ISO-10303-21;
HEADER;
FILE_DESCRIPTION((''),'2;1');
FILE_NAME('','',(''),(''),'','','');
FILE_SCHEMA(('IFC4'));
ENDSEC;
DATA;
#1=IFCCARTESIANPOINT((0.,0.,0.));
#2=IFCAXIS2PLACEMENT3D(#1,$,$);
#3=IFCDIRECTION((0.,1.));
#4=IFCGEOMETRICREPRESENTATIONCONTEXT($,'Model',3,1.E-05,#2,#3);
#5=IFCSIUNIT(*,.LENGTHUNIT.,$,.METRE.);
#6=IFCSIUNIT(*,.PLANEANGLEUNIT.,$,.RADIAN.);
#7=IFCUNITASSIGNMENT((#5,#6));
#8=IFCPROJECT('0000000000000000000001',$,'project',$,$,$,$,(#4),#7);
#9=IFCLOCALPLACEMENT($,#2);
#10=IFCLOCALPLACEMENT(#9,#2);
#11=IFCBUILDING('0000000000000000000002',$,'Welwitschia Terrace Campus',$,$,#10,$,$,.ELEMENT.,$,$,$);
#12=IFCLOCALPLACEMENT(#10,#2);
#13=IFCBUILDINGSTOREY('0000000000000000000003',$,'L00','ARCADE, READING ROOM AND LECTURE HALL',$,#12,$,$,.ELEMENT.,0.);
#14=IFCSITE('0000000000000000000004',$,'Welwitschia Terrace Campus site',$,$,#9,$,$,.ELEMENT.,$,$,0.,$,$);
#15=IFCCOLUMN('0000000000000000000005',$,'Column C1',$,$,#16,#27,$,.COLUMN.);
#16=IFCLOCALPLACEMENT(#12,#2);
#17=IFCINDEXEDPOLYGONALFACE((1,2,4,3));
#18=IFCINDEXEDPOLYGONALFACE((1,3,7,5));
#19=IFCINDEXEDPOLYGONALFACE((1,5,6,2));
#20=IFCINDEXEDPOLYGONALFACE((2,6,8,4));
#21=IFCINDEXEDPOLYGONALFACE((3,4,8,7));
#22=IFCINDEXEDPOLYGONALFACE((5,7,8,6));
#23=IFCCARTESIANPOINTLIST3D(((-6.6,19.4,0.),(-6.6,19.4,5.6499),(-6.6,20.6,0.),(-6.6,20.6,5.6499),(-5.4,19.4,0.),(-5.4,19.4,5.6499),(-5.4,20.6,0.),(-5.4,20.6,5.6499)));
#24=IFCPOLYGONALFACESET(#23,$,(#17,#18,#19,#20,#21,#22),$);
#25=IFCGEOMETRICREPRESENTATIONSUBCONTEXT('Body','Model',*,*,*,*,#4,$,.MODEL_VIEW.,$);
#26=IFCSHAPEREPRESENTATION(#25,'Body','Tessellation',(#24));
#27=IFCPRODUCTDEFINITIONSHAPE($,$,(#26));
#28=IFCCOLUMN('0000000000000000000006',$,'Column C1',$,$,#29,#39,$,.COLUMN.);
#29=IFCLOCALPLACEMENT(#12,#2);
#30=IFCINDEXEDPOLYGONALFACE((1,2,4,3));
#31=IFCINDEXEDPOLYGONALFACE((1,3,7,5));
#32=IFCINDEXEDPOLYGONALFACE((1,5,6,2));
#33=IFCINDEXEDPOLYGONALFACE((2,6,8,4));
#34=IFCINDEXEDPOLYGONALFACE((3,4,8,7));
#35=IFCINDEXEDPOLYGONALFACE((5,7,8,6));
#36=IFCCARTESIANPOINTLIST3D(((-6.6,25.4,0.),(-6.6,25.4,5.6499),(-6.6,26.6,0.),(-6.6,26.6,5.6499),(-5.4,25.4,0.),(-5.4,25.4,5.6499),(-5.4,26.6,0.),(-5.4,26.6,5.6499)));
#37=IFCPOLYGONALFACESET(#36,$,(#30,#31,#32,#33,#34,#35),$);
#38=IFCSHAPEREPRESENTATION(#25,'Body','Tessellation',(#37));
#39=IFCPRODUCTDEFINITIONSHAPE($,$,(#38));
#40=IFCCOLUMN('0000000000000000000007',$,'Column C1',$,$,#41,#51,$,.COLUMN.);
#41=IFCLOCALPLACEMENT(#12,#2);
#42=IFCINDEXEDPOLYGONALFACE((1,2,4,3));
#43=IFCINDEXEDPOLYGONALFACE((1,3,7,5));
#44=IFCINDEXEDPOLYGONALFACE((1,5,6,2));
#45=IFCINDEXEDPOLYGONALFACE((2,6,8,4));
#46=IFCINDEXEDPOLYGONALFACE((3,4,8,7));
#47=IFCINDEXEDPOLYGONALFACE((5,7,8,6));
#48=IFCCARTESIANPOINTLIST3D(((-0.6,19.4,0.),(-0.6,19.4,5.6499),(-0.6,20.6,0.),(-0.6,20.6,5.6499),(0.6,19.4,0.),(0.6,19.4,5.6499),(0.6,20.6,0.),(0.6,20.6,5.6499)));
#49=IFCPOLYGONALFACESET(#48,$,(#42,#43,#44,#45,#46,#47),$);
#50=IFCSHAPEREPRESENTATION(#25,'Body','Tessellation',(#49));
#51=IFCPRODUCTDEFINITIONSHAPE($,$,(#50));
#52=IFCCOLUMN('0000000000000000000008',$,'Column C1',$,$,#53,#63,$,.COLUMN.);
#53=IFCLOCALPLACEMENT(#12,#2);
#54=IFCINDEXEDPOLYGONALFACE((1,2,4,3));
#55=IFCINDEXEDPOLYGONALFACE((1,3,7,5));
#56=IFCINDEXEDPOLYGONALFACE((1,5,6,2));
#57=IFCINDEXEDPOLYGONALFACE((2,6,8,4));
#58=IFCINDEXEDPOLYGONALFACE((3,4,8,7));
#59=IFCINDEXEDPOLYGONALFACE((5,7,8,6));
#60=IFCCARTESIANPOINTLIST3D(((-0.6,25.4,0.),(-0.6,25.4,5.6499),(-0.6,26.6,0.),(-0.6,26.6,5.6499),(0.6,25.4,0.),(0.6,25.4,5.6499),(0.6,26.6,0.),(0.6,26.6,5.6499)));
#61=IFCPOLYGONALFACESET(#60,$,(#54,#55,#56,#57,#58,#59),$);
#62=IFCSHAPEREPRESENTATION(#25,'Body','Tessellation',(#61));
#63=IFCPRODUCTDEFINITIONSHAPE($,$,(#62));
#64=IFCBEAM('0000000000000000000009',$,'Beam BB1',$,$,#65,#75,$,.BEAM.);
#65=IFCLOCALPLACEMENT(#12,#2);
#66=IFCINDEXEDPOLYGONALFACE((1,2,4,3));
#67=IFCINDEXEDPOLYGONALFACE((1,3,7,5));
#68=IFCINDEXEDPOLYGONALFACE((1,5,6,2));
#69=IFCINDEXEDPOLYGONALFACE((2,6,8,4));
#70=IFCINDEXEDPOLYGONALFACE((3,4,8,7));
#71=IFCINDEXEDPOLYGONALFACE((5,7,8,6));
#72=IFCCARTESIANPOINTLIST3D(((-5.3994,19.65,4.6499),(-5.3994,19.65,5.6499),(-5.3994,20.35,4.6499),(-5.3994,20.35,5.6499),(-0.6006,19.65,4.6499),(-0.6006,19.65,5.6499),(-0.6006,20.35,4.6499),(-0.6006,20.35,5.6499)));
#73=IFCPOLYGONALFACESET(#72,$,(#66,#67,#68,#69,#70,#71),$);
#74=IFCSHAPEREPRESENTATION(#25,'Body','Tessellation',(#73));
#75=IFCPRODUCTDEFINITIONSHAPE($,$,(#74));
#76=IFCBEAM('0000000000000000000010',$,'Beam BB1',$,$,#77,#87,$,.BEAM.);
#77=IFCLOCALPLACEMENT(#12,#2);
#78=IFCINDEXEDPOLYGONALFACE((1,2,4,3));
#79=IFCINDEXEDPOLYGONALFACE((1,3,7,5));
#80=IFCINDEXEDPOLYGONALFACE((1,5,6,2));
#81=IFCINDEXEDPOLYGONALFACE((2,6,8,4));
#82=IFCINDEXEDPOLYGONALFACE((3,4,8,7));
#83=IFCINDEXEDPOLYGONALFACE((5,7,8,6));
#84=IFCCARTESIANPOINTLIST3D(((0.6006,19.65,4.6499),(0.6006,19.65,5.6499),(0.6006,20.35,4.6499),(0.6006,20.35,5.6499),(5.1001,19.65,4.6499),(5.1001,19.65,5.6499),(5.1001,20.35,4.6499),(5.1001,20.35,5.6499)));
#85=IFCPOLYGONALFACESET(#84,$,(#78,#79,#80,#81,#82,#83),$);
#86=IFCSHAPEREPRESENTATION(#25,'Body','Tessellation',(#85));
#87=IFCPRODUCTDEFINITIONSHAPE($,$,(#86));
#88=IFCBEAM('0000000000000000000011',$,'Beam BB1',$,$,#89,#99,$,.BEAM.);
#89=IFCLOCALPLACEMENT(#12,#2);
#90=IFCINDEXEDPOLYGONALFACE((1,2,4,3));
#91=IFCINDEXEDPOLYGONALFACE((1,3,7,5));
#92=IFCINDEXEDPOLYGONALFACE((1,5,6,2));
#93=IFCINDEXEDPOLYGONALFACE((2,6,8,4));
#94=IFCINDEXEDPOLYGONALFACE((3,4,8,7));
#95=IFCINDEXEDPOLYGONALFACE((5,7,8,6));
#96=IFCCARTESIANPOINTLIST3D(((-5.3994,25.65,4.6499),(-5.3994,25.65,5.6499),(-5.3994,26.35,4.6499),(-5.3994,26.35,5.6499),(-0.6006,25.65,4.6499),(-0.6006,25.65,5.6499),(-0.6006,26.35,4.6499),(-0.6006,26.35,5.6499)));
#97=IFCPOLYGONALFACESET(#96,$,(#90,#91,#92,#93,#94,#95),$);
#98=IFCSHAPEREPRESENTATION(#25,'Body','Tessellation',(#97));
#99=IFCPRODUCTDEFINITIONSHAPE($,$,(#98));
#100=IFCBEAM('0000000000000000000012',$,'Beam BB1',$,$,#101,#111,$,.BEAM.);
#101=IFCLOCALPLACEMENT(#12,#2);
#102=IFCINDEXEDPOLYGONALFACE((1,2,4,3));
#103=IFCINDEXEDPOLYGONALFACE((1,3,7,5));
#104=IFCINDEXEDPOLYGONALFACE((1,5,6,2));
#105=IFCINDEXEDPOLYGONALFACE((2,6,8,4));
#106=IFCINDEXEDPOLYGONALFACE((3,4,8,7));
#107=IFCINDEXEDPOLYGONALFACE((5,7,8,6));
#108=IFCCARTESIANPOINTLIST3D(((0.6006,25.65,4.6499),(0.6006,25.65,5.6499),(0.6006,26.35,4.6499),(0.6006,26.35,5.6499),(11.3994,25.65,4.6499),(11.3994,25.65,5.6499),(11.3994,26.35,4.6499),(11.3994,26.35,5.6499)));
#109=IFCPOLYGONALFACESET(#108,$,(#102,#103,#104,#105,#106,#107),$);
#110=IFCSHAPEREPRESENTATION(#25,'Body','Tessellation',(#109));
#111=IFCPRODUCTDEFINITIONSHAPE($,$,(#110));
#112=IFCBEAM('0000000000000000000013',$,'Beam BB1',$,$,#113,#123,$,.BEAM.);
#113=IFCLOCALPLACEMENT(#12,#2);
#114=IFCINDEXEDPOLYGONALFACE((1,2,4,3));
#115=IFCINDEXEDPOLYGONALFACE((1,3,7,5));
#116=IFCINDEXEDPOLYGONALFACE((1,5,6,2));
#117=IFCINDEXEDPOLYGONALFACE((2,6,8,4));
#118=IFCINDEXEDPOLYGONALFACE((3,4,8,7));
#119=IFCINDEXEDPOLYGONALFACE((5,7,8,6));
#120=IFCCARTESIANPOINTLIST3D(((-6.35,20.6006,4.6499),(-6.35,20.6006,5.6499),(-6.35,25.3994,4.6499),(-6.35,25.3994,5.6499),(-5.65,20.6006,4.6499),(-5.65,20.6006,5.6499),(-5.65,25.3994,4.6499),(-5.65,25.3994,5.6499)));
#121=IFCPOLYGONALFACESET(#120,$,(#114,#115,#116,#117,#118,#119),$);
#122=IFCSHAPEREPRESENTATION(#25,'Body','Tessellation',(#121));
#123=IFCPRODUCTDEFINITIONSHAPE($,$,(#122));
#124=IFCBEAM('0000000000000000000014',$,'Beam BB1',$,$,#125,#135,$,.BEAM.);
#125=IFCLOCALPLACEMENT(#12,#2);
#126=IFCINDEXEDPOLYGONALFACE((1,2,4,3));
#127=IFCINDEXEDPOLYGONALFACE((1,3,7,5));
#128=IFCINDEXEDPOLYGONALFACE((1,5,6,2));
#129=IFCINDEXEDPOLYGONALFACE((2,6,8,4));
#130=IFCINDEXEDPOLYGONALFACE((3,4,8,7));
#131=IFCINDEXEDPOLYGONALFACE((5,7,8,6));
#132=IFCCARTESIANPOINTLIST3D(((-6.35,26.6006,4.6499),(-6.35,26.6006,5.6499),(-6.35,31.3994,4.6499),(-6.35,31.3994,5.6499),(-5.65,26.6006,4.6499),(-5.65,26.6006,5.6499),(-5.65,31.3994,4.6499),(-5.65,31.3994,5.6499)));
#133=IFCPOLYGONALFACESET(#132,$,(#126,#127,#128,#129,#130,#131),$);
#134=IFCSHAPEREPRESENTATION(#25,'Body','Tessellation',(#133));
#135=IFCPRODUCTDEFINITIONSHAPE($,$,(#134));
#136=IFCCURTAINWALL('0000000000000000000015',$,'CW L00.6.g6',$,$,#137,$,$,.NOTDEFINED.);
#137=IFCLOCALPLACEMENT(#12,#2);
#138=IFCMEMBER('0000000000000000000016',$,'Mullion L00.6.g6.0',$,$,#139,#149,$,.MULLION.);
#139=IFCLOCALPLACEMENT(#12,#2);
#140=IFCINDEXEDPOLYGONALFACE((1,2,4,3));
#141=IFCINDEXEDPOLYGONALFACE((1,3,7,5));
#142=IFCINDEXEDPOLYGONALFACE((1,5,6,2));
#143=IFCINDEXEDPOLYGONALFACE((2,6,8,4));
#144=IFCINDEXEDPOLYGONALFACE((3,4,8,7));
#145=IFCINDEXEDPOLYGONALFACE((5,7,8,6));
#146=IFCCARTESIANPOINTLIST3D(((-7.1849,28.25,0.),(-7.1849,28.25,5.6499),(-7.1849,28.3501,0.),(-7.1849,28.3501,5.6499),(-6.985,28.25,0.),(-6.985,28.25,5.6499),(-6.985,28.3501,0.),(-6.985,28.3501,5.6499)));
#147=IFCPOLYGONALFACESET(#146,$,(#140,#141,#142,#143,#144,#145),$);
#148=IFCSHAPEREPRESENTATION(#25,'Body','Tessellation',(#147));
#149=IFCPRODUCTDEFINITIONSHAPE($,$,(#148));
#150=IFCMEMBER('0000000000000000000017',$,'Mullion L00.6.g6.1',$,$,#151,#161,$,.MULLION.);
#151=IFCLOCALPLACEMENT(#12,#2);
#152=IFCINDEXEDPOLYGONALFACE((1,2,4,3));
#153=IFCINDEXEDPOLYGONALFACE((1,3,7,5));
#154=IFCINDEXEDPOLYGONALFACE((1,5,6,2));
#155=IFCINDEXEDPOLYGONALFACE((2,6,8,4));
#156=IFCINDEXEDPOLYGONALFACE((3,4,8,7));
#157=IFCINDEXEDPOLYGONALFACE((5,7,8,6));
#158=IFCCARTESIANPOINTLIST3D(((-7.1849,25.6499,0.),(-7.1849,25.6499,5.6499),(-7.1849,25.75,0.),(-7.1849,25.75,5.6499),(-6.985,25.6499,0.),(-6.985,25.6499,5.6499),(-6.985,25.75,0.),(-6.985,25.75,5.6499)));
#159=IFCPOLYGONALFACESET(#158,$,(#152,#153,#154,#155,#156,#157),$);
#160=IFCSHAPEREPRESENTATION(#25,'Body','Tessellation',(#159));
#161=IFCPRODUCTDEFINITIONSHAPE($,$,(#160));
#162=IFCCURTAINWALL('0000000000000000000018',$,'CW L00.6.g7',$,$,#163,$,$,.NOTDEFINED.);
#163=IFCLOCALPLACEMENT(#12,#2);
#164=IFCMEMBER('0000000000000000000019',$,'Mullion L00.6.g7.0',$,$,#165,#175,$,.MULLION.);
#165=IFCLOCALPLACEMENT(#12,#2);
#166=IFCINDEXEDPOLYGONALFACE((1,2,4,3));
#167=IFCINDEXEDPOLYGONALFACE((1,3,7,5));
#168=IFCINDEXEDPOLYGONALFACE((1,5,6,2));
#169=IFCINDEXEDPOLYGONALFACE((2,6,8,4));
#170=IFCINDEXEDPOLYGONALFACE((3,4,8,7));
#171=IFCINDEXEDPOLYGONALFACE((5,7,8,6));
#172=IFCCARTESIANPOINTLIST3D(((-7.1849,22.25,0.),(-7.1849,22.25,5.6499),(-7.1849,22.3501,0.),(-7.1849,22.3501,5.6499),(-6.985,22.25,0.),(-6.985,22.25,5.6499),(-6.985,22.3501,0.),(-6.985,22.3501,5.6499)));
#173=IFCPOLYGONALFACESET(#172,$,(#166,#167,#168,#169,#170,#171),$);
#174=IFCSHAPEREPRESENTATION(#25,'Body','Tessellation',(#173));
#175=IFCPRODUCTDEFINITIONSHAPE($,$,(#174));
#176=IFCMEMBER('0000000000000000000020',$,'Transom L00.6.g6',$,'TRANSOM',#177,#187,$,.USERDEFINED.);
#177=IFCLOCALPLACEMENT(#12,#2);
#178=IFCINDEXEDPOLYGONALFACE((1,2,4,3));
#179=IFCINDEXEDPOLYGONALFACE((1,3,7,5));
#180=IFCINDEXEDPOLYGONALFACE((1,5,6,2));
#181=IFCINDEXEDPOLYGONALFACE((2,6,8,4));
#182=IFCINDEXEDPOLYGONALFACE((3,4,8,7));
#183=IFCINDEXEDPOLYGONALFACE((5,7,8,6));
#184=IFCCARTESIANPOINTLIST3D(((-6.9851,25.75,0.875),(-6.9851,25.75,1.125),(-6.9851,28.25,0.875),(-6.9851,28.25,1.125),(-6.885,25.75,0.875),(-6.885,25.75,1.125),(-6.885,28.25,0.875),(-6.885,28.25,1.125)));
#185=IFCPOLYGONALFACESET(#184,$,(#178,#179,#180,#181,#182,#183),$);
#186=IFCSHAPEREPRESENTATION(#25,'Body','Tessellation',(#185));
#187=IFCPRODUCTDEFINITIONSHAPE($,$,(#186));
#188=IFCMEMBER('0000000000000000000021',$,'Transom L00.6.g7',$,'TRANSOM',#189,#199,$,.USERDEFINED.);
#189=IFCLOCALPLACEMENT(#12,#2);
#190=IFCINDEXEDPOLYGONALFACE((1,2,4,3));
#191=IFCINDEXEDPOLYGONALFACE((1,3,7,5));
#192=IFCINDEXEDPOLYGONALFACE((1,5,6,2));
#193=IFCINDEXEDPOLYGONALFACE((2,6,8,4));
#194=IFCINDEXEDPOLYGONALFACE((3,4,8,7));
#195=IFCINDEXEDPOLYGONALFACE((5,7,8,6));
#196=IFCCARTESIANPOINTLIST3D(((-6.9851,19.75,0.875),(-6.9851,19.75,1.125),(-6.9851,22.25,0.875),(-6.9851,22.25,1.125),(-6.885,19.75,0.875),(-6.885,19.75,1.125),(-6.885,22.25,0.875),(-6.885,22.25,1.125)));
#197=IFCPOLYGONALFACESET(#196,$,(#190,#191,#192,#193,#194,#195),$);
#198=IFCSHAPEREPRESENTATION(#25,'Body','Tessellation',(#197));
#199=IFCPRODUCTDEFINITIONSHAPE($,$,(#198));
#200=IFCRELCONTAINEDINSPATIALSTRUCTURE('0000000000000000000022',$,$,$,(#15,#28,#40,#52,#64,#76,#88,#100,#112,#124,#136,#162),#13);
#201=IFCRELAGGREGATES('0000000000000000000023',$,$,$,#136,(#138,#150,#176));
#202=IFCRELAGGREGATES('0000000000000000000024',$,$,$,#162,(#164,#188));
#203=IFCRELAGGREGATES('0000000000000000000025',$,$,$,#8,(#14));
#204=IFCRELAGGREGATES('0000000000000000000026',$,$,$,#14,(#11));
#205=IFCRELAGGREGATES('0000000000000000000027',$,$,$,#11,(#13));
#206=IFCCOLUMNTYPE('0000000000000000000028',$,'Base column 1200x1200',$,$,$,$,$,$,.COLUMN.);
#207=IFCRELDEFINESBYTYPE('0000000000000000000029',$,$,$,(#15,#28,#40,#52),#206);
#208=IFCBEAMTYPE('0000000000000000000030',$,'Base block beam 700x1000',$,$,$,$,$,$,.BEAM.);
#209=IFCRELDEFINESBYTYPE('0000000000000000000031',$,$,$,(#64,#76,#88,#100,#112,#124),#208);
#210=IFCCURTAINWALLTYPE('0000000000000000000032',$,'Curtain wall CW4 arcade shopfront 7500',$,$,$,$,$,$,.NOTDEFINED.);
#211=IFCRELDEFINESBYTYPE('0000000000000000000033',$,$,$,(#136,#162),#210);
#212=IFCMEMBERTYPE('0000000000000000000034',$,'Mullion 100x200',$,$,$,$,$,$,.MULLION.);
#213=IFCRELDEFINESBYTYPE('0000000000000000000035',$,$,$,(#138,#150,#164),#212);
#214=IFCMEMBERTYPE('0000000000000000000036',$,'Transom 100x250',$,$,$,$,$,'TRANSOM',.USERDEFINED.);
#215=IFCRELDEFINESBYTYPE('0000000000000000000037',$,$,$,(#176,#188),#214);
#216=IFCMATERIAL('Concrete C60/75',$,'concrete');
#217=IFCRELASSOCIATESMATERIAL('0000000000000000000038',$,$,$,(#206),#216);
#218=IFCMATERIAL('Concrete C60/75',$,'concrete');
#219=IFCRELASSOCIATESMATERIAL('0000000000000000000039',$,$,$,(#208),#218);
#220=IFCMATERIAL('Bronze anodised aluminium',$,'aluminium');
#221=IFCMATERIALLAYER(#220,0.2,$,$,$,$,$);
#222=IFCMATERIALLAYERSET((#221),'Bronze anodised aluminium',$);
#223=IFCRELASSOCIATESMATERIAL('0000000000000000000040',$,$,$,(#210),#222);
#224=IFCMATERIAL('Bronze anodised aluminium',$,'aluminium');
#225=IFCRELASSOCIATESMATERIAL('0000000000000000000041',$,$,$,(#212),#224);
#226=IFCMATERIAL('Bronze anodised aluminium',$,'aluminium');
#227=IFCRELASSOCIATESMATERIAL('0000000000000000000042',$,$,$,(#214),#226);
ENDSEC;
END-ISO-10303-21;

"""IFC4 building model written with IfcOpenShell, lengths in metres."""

from ifc_helpers import new_model, si_unit, direction, frame, origin, origin_2d, place, context, subcontext, project, spatial, rectangle, extrude, material, layer, layer_set, material_profile, profile_set, type_object, element, aggregate, save


model = new_model("IFC4")

# Units and contexts
model_context = context("Model", 3, precision=1e-05, world=origin(), true_north=direction((0.0, 1.0)))
body_context = subcontext(model_context, "Body", "Model", "MODEL_VIEW")
ifc_project = project(units=[si_unit("LENGTHUNIT", "METRE"), si_unit("PLANEANGLEUNIT", "RADIAN")], contexts=[model_context])

# Site, building, storey
site_placement = place(None, origin())
site = spatial("IfcSite", under=ifc_project, at=site_placement, Name="Welwitschia Terrace Campus site", CompositionType="ELEMENT", RefElevation=0.0)
building_placement = place(site_placement, origin())
building = spatial("IfcBuilding", under=site, at=building_placement, Name="Welwitschia Terrace Campus", CompositionType="ELEMENT")
storey_placement = place(building_placement, origin())
storey = spatial("IfcBuildingStorey", under=building, at=storey_placement, Name="L00", Description="ARCADE, READING ROOM AND LECTURE HALL", CompositionType="ELEMENT", Elevation=0.0)

# Columns
ifc_material_1 = material(Name="Concrete C60/75", Category="concrete")
ifc_material_profile_1 = material_profile(ifc_material_1, rectangle(XDim=1.2, YDim=1.2, at=origin_2d()))
ifc_profile_set_1 = profile_set([ifc_material_profile_1], Name="Concrete C60/75")
column_type = type_object("IfcColumnType", Name="Base column 1200x1200", PredefinedType="COLUMN", material=ifc_profile_set_1)
for number, where, z_axis, x_axis, name in (
    (1, (-6.0, 20.0, 0.0), (0.0, 0.0, 1.0), (1.0, 0.0, 0.0), "Column C1"),
    (2, (-6.0, 26.0, 0.0), (0.0, 0.0, 1.0), (1.0, 0.0, 0.0), "Column C1"),
    (3, (0.0, 20.0, 0.0), (0.0, 0.0, 1.0), (1.0, 0.0, 0.0), "Column C1"),
    (4, (0.0, 26.0, 0.0), (0.0, 0.0, 1.0), (1.0, 0.0, 0.0), "Column C1"),
):
    element("IfcColumn", number, at=place(storey_placement, frame(where, z_axis=z_axis, x_axis=x_axis)), inside=storey, type_object=column_type, Name=name, PredefinedType="COLUMN", context=body_context, shape_type="SweptSolid", body=[
        extrude(rectangle(XDim=1.2, YDim=1.2, at=origin_2d()), origin(), (0.0, 0.0, 1.0), 5.6499),
    ])

# Beams
ifc_material_2 = material(Name="Concrete C60/75", Category="concrete")
ifc_material_profile_2 = material_profile(ifc_material_2, rectangle(XDim=0.7, YDim=1.0, at=origin_2d()))
ifc_profile_set_2 = profile_set([ifc_material_profile_2], Name="Concrete C60/75")
beam_type = type_object("IfcBeamType", Name="Base block beam 700x1000", PredefinedType="BEAM", material=ifc_profile_set_2)
beam_1_placement = place(storey_placement, frame((-5.3994, 20.0, 5.1499), z_axis=(1.0, 0.0, 0.0), x_axis=(0.0, 1.0, 0.0)))
element("IfcBeam", 5, at=beam_1_placement, inside=storey, type_object=beam_type, Name="Beam BB1", PredefinedType="BEAM", context=body_context, shape_type="SweptSolid", body=[
    extrude(rectangle(XDim=0.7, YDim=1.0, at=origin_2d()), origin(), (0.0, 0.0, 1.0), 4.7988),
])
beam_2_placement = place(storey_placement, frame((0.6006, 20.0, 5.1499), z_axis=(1.0, 0.0, 0.0), x_axis=(0.0, 1.0, 0.0)))
element("IfcBeam", 6, at=beam_2_placement, inside=storey, type_object=beam_type, Name="Beam BB1", PredefinedType="BEAM", context=body_context, shape_type="SweptSolid", body=[
    extrude(rectangle(XDim=0.7, YDim=1.0, at=origin_2d()), origin(), (0.0, 0.0, 1.0), 4.4995),
])
beam_3_placement = place(storey_placement, frame((-5.3994, 26.0, 5.1499), z_axis=(1.0, 0.0, 0.0), x_axis=(0.0, 1.0, 0.0)))
element("IfcBeam", 7, at=beam_3_placement, inside=storey, type_object=beam_type, Name="Beam BB1", PredefinedType="BEAM", context=body_context, shape_type="SweptSolid", body=[
    extrude(rectangle(XDim=0.7, YDim=1.0, at=origin_2d()), origin(), (0.0, 0.0, 1.0), 4.7988),
])
beam_4_placement = place(storey_placement, frame((0.6006, 26.0, 5.1499), z_axis=(1.0, 0.0, 0.0), x_axis=(0.0, 1.0, 0.0)))
element("IfcBeam", 8, at=beam_4_placement, inside=storey, type_object=beam_type, Name="Beam BB1", PredefinedType="BEAM", context=body_context, shape_type="SweptSolid", body=[
    extrude(rectangle(XDim=0.7, YDim=1.0, at=origin_2d()), origin(), (0.0, 0.0, 1.0), 10.7988),
])
for number, where, z_axis, x_axis, name in (
    (9, (-6.0, 20.6006, 5.1499), (0.0, 1.0, 0.0), (-1.0, 0.0, 0.0), "Beam BB1"),
    (10, (-6.0, 26.6006, 5.1499), (0.0, 1.0, 0.0), (-1.0, 0.0, 0.0), "Beam BB1"),
):
    element("IfcBeam", number, at=place(storey_placement, frame(where, z_axis=z_axis, x_axis=x_axis)), inside=storey, type_object=beam_type, Name=name, PredefinedType="BEAM", context=body_context, shape_type="SweptSolid", body=[
        extrude(rectangle(XDim=0.7, YDim=1.0, at=origin_2d()), origin(), (0.0, 0.0, 1.0), 4.7988),
    ])

# Curtain wall, members
ifc_material_3 = material(Name="Bronze anodised aluminium", Category="aluminium")
ifc_layer_1 = layer(ifc_material_3, 0.2)
ifc_layer_set_1 = layer_set([ifc_layer_1], Name="Bronze anodised aluminium")
curtain_wall_type = type_object("IfcCurtainWallType", Name="Curtain wall CW4 arcade shopfront 7500", PredefinedType="NOTDEFINED", material=ifc_layer_set_1)
curtain_wall_1_placement = place(storey_placement, origin())
curtain_wall_1 = element("IfcCurtainWall", 11, at=curtain_wall_1_placement, inside=storey, type_object=curtain_wall_type, Name="CW L00.6.g6", PredefinedType="NOTDEFINED")
ifc_material_4 = material(Name="Bronze anodised aluminium", Category="aluminium")
ifc_material_profile_3 = material_profile(ifc_material_4, rectangle(XDim=0.2, YDim=0.1001, at=origin_2d()))
ifc_profile_set_3 = profile_set([ifc_material_profile_3], Name="Bronze anodised aluminium")
member_type_1 = type_object("IfcMemberType", Name="Mullion 100x200", PredefinedType="MULLION", material=ifc_profile_set_3)
member_1_placement = place(storey_placement, frame((-7.085, 28.3, 0.0), z_axis=(0.0, 0.0, 1.0), x_axis=(1.0, 0.0, 0.0)))
member_1 = element("IfcMember", 12, at=member_1_placement, type_object=member_type_1, Name="Mullion L00.6.g6.0", PredefinedType="MULLION", context=body_context, shape_type="SweptSolid", body=[
    extrude(rectangle(XDim=0.2, YDim=0.1001, at=origin_2d()), origin(), (0.0, 0.0, 1.0), 5.6499),
])
member_2_placement = place(storey_placement, frame((-7.085, 25.7, 0.0), z_axis=(0.0, 0.0, 1.0), x_axis=(1.0, 0.0, 0.0)))
member_2 = element("IfcMember", 13, at=member_2_placement, type_object=member_type_1, Name="Mullion L00.6.g6.1", PredefinedType="MULLION", context=body_context, shape_type="SweptSolid", body=[
    extrude(rectangle(XDim=0.2, YDim=0.1001, at=origin_2d()), origin(), (0.0, 0.0, 1.0), 5.6499),
])

# Curtain wall, member
curtain_wall_2_placement = place(storey_placement, origin())
curtain_wall_2 = element("IfcCurtainWall", 14, at=curtain_wall_2_placement, inside=storey, type_object=curtain_wall_type, Name="CW L00.6.g7", PredefinedType="NOTDEFINED")
member_3_placement = place(storey_placement, frame((-7.085, 22.3, 0.0), z_axis=(0.0, 0.0, 1.0), x_axis=(1.0, 0.0, 0.0)))
member_3 = element("IfcMember", 15, at=member_3_placement, type_object=member_type_1, Name="Mullion L00.6.g7.0", PredefinedType="MULLION", context=body_context, shape_type="SweptSolid", body=[
    extrude(rectangle(XDim=0.2, YDim=0.1001, at=origin_2d()), origin(), (0.0, 0.0, 1.0), 5.6499),
])

# Members
ifc_material_5 = material(Name="Bronze anodised aluminium", Category="aluminium")
ifc_material_profile_4 = material_profile(ifc_material_5, rectangle(XDim=0.1001, YDim=0.25, at=origin_2d()))
ifc_profile_set_4 = profile_set([ifc_material_profile_4], Name="Bronze anodised aluminium")
member_type_2 = type_object("IfcMemberType", Name="Transom 100x250", ElementType="TRANSOM", PredefinedType="USERDEFINED", material=ifc_profile_set_4)
member_4_placement = place(storey_placement, frame((-6.9351, 28.25, 1.0), z_axis=(0.0, -1.0, 0.0), x_axis=(1.0, 0.0, 0.0)))
member_4 = element("IfcMember", 16, at=member_4_placement, type_object=member_type_2, Name="Transom L00.6.g6", ObjectType="TRANSOM", PredefinedType="USERDEFINED", context=body_context, shape_type="SweptSolid", body=[
    extrude(rectangle(XDim=0.1001, YDim=0.25, at=origin_2d()), origin(), (0.0, 0.0, 1.0), 2.5),
])
member_5_placement = place(storey_placement, frame((-6.9351, 22.25, 1.0), z_axis=(0.0, -1.0, 0.0), x_axis=(1.0, 0.0, 0.0)))
member_5 = element("IfcMember", 17, at=member_5_placement, type_object=member_type_2, Name="Transom L00.6.g7", ObjectType="TRANSOM", PredefinedType="USERDEFINED", context=body_context, shape_type="SweptSolid", body=[
    extrude(rectangle(XDim=0.1001, YDim=0.25, at=origin_2d()), origin(), (0.0, 0.0, 1.0), 2.5),
])

aggregate(curtain_wall_1, [member_1, member_2, member_4])
aggregate(curtain_wall_2, [member_3, member_5])

save(model, "model.ifc")
